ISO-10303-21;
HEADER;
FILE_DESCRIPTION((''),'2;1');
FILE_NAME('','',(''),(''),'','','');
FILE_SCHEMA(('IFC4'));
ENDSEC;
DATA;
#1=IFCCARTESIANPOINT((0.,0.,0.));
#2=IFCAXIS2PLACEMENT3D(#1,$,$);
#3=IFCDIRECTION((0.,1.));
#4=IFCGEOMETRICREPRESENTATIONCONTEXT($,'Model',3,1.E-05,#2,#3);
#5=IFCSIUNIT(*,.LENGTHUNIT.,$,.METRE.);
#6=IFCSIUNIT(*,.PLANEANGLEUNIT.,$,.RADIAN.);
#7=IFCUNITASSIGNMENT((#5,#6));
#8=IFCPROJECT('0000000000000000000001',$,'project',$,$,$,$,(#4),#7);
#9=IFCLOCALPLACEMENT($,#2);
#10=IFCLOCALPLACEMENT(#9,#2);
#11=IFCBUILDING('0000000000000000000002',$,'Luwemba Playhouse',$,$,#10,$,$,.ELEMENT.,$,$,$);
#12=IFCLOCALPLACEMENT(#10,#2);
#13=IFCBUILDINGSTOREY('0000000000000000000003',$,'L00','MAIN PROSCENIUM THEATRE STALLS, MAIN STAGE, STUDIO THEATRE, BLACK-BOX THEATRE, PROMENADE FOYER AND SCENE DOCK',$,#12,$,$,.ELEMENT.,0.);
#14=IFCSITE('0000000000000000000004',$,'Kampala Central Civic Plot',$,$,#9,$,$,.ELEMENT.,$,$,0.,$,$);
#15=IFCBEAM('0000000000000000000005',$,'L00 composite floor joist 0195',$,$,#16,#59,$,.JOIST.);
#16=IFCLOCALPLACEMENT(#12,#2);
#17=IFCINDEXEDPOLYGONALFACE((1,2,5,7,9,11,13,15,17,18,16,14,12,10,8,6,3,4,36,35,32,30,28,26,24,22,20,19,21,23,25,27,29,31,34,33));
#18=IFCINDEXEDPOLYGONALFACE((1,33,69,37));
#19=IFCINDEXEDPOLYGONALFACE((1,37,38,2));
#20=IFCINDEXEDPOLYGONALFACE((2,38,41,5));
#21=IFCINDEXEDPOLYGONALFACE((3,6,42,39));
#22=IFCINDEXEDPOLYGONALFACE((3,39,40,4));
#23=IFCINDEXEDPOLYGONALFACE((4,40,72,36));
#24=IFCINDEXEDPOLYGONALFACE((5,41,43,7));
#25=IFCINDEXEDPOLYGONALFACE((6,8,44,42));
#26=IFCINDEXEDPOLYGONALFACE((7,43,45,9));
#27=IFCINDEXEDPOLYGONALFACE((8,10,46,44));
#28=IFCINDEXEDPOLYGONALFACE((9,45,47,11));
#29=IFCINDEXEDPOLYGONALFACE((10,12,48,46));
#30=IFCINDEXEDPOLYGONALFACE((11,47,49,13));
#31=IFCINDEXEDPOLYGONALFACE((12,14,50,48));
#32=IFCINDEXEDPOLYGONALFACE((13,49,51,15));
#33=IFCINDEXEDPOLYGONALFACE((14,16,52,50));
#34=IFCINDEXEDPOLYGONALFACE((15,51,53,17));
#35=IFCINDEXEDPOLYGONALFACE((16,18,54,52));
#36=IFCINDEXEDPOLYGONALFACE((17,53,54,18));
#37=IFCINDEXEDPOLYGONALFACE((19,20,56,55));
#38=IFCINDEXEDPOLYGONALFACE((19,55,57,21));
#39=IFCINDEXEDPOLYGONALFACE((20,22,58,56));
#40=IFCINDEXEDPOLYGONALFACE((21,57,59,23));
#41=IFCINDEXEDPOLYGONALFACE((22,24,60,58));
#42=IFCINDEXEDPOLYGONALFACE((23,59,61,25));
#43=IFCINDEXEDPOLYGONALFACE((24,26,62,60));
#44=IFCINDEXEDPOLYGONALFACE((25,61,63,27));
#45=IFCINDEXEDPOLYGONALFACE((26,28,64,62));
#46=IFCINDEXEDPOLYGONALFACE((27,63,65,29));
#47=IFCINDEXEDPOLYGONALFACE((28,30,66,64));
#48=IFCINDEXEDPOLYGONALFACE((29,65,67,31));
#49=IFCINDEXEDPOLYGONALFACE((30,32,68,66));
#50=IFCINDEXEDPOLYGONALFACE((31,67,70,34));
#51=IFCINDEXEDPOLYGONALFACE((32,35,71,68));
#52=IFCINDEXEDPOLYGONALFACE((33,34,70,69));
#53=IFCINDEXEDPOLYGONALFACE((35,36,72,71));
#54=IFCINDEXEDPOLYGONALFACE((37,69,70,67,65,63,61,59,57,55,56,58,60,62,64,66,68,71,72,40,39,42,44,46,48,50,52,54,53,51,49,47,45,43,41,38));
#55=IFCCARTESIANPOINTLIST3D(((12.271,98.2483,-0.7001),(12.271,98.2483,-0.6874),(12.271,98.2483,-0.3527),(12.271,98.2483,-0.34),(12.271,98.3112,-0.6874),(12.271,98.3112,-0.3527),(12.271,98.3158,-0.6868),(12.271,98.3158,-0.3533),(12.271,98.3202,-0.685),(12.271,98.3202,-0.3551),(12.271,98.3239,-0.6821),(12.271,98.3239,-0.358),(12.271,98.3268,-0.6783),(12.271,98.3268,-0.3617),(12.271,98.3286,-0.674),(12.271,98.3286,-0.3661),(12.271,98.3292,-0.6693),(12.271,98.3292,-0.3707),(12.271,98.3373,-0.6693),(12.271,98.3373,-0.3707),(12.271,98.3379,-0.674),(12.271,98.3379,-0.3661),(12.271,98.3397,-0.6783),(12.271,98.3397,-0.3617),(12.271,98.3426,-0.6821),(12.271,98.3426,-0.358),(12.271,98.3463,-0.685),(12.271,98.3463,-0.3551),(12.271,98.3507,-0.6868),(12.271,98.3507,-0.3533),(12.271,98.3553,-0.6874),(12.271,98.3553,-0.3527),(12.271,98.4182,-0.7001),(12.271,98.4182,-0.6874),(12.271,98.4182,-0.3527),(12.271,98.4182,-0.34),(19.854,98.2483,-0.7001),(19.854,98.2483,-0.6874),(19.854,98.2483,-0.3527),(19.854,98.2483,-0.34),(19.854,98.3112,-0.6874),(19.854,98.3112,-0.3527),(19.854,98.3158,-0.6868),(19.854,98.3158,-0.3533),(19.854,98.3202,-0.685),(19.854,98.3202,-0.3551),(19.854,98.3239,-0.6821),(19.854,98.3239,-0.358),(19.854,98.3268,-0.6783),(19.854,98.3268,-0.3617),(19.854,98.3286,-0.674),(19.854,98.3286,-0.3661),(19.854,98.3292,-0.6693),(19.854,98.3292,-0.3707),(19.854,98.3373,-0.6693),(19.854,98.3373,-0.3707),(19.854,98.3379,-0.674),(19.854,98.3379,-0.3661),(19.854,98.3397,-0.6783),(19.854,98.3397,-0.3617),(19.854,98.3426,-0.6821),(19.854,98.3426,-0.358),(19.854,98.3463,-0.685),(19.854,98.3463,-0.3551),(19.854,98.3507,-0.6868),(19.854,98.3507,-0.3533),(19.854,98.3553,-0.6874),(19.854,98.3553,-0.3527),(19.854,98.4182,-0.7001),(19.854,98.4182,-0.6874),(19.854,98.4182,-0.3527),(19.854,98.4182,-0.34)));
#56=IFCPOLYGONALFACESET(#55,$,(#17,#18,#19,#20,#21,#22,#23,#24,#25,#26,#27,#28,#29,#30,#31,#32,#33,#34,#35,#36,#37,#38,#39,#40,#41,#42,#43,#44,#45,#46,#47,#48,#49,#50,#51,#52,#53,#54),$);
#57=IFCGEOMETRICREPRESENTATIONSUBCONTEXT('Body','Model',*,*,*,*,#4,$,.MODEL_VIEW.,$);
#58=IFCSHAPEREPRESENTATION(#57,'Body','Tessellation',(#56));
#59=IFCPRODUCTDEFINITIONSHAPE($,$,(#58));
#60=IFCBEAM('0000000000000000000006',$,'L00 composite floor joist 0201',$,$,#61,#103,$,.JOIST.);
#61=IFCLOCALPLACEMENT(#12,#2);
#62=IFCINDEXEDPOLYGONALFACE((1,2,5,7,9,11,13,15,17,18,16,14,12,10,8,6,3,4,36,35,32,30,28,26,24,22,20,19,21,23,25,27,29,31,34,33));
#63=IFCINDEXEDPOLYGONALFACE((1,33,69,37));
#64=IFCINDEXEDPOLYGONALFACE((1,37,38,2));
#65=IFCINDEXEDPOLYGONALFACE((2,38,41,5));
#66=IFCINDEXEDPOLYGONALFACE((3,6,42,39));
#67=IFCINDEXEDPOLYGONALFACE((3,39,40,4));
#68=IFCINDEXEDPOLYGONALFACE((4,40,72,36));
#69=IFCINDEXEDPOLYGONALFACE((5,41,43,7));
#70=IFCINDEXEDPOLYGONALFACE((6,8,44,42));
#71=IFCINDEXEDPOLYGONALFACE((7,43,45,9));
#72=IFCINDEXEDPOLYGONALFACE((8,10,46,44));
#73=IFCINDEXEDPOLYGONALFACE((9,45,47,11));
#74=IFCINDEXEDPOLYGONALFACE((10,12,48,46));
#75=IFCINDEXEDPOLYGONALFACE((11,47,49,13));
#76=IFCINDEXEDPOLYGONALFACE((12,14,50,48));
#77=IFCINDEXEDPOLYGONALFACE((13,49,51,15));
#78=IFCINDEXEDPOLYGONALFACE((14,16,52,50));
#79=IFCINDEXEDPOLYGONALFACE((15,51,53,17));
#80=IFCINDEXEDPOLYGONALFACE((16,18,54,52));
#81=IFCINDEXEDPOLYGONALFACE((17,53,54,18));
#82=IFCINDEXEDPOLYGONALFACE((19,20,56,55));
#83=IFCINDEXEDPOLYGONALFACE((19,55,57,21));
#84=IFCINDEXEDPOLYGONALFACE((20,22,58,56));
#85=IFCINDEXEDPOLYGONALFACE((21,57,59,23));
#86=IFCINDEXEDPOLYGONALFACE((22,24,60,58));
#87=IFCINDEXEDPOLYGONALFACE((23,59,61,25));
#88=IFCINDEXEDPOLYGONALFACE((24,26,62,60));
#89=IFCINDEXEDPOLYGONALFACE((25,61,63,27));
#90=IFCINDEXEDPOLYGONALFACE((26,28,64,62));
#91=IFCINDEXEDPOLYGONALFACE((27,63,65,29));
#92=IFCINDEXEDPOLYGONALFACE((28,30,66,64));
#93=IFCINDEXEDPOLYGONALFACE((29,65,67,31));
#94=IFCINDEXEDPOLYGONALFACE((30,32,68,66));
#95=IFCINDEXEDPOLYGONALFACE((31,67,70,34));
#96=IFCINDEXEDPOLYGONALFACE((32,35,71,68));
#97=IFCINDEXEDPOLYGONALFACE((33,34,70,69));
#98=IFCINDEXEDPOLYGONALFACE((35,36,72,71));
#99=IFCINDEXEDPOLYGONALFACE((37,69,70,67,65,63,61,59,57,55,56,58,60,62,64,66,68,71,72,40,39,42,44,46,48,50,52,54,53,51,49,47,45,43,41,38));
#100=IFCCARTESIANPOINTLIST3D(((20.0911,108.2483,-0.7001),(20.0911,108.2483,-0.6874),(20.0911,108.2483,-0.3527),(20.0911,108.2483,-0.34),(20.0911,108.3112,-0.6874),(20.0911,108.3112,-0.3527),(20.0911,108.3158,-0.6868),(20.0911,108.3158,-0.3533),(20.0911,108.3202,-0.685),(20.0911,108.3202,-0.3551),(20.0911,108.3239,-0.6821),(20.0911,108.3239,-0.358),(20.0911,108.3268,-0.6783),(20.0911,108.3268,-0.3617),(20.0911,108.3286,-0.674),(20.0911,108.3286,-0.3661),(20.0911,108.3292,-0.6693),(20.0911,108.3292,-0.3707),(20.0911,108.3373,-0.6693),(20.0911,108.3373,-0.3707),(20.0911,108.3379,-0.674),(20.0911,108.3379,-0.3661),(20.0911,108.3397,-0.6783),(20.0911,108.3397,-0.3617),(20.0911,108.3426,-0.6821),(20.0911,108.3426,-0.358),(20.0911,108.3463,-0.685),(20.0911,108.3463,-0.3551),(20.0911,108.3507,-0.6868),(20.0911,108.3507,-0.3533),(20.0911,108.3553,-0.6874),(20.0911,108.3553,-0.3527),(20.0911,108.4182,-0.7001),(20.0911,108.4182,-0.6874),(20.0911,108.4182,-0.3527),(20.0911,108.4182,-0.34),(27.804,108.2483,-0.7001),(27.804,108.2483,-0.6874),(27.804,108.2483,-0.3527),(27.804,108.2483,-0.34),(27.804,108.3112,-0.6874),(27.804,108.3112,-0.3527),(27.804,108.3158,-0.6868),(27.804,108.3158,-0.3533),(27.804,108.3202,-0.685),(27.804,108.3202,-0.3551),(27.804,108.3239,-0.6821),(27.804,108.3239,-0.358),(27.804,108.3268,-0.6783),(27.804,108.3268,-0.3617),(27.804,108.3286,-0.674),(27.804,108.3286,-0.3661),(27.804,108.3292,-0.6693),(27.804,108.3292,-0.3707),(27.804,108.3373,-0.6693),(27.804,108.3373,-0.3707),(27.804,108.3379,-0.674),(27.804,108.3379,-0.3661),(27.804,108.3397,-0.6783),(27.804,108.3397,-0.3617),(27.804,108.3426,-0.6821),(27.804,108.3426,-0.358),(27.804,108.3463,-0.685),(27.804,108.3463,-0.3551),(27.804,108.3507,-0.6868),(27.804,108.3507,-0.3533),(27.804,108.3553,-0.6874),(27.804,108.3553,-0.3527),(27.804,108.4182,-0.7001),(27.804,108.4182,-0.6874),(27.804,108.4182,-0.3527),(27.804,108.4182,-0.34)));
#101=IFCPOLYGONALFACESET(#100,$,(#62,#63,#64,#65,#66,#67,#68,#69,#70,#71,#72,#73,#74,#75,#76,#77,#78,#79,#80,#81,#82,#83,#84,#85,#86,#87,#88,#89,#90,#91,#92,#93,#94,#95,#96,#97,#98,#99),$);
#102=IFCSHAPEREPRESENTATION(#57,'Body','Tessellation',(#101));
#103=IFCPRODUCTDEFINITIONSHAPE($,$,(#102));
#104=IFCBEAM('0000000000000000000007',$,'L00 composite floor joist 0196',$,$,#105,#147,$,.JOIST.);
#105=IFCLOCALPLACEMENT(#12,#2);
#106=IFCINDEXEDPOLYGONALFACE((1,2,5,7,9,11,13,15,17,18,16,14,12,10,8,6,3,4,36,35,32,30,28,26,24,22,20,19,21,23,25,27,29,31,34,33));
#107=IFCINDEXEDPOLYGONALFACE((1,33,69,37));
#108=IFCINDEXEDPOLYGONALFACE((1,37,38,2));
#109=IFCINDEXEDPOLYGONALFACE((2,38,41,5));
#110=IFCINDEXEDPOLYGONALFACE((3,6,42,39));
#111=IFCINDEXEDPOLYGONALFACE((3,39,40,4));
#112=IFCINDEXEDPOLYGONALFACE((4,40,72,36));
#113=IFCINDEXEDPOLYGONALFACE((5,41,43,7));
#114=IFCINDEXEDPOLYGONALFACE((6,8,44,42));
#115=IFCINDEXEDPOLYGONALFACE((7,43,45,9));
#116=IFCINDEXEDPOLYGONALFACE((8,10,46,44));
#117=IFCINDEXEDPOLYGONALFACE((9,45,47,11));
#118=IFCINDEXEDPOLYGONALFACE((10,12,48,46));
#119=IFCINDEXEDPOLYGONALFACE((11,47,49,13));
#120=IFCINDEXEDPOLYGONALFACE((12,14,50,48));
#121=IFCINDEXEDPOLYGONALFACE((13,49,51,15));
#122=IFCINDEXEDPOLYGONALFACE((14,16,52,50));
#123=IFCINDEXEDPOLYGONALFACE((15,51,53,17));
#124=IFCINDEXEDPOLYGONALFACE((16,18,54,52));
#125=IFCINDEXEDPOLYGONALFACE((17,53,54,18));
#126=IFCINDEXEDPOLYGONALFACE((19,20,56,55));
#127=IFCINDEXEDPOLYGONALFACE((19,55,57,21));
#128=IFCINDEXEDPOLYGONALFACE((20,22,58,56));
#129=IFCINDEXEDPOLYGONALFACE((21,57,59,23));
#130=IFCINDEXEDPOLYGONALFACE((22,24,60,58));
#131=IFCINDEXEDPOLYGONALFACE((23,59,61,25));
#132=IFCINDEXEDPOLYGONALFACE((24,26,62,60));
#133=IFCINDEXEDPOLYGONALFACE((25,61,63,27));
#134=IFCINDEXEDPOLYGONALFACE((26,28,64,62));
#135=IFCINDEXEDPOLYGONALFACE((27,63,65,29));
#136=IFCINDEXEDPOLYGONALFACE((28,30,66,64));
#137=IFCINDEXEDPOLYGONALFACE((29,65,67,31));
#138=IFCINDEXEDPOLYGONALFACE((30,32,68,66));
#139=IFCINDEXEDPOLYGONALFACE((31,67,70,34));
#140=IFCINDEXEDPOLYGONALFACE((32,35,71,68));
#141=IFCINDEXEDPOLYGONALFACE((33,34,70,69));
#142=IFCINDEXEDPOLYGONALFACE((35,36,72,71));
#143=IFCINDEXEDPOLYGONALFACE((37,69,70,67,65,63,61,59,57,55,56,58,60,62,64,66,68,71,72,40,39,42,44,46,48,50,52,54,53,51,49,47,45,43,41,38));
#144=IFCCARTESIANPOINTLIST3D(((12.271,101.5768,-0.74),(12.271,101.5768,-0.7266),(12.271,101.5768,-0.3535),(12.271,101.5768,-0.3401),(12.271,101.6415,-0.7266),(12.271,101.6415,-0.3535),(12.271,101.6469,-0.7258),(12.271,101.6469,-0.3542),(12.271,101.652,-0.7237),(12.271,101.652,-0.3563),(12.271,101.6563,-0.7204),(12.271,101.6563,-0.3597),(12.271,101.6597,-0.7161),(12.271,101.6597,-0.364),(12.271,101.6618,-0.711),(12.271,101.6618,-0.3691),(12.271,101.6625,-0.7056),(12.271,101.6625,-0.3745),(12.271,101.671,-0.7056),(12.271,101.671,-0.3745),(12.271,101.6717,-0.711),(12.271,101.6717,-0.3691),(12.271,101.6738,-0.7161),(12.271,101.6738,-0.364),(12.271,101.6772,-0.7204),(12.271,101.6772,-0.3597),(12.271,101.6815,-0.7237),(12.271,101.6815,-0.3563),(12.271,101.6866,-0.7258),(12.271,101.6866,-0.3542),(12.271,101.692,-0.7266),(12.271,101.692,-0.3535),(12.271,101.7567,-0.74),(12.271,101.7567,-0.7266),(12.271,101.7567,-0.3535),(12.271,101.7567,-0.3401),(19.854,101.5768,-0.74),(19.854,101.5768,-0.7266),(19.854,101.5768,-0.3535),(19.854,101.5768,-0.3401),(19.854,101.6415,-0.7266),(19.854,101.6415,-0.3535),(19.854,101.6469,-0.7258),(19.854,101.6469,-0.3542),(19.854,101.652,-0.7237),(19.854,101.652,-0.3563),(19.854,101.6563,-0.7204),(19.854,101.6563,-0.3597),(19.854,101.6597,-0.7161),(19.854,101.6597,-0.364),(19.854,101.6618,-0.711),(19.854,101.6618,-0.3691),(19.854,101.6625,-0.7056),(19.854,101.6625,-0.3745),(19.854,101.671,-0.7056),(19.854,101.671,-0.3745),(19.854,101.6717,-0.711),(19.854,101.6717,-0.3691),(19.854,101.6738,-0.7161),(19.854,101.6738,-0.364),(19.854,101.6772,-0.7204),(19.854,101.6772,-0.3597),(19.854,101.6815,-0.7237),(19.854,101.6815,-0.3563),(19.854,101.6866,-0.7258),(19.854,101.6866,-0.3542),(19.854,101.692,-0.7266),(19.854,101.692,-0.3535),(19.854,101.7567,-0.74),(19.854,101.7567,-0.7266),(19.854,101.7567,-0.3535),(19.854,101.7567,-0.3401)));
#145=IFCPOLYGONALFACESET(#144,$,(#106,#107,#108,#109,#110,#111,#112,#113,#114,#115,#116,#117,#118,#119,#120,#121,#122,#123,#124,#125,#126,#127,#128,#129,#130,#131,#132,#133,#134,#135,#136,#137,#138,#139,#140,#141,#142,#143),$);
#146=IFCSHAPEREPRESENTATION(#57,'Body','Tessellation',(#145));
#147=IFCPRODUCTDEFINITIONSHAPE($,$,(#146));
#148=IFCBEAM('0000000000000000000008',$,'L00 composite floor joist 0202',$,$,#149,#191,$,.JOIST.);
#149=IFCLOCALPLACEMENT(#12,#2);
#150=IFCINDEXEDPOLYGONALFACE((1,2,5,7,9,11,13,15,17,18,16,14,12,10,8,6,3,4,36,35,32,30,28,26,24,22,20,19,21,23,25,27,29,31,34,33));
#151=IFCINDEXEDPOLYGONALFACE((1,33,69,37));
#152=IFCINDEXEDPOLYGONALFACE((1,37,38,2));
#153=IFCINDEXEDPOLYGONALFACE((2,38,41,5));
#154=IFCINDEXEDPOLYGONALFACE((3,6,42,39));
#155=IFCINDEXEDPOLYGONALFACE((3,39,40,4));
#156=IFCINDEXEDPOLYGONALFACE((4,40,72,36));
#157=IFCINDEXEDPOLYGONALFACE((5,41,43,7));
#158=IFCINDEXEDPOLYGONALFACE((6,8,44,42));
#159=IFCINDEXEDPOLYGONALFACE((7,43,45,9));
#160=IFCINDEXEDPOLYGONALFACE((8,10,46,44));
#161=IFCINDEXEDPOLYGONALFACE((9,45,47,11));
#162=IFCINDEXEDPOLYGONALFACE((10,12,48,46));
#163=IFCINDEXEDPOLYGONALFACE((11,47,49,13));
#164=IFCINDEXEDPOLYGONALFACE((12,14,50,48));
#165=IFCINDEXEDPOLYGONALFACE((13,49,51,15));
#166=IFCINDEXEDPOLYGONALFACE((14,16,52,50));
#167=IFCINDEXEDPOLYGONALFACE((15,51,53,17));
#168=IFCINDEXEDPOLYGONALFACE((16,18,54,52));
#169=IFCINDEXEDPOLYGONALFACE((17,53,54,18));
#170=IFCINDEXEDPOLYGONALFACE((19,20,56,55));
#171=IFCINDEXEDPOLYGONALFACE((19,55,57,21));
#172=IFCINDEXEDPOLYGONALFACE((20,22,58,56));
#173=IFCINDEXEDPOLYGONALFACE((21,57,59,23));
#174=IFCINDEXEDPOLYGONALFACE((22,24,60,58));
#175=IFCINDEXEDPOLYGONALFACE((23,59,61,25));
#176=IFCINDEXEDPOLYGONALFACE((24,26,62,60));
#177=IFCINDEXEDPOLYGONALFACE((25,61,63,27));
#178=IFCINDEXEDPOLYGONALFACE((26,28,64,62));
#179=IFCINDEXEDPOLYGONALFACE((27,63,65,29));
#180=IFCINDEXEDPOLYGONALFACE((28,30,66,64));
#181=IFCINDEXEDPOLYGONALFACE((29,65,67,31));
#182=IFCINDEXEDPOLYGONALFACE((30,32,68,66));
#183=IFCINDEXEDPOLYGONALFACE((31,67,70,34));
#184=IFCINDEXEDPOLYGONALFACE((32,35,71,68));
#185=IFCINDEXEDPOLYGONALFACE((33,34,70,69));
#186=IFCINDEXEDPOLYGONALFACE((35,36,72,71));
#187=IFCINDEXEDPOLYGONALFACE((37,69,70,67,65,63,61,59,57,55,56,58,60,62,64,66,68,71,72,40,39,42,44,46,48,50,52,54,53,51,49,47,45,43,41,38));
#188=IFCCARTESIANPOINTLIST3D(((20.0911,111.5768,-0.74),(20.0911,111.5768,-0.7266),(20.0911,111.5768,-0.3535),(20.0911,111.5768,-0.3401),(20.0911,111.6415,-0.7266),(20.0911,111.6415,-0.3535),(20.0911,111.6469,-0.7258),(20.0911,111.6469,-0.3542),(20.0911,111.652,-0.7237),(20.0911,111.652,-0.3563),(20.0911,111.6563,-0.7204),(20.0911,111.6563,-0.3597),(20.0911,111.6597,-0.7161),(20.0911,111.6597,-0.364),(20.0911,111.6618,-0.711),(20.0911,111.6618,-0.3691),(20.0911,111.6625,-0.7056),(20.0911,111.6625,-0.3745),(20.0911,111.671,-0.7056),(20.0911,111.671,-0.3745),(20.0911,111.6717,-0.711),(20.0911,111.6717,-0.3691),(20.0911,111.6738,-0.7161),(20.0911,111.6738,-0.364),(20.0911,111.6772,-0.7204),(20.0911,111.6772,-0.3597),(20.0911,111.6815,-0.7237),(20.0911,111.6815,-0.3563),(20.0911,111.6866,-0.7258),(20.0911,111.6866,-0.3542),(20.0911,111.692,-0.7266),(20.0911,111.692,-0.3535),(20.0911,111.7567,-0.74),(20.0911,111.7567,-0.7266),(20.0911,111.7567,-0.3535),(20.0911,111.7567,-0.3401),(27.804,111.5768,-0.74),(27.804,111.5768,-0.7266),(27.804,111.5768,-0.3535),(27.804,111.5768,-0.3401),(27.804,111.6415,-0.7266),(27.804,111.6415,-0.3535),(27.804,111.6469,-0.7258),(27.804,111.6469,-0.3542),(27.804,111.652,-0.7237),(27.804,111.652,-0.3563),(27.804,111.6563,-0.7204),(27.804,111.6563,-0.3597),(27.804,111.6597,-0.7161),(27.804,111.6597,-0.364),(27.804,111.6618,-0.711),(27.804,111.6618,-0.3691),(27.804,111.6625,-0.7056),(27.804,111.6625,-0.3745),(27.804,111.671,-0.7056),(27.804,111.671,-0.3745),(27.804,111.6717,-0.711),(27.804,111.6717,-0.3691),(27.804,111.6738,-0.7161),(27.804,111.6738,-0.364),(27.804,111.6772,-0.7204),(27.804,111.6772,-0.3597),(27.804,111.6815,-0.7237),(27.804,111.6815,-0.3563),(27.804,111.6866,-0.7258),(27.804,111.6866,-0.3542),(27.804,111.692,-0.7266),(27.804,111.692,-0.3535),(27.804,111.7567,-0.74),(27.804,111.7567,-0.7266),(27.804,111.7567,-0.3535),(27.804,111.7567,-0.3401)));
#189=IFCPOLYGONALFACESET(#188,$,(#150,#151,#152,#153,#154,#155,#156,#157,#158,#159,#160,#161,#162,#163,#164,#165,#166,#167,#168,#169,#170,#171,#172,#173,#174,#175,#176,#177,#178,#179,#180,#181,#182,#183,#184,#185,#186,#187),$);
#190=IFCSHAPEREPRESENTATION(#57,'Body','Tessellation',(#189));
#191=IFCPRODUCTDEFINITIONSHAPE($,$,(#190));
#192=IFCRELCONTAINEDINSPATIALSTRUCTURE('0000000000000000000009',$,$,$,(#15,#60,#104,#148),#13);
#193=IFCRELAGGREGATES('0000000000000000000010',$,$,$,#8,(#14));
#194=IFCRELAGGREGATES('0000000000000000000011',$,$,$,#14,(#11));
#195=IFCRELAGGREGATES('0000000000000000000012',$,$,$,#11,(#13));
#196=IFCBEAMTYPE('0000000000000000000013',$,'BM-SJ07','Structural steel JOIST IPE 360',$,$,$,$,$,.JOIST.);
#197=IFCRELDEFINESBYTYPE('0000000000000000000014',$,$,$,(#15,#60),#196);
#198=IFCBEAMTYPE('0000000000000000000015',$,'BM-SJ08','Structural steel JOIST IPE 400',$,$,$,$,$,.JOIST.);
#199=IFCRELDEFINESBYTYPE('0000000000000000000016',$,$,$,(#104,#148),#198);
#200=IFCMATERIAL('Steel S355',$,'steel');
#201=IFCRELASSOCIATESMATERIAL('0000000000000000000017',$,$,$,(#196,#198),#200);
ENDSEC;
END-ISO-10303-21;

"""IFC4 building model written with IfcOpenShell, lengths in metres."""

from ifc_helpers import new_model, si_unit, direction, frame, origin, origin_2d, place, context, subcontext, project, spatial, i_section, extrude, material, material_profile, profile_set, type_object, element, save


model = new_model("IFC4")

# Units and contexts
model_context = context("Model", 3, precision=1e-05, world=origin(), true_north=direction((0.0, 1.0)))
body_context = subcontext(model_context, "Body", "Model", "MODEL_VIEW")
ifc_project = project(units=[si_unit("LENGTHUNIT", "METRE"), si_unit("PLANEANGLEUNIT", "RADIAN")], contexts=[model_context])

# Site, building, storey
site_placement = place(None, origin())
site = spatial("IfcSite", under=ifc_project, at=site_placement, Name="Kampala Central Civic Plot", CompositionType="ELEMENT", RefElevation=0.0)
building_placement = place(site_placement, origin())
building = spatial("IfcBuilding", under=site, at=building_placement, Name="Luwemba Playhouse", CompositionType="ELEMENT")
storey_placement = place(building_placement, origin())
storey = spatial("IfcBuildingStorey", under=building, at=storey_placement, Name="L00", Description="MAIN PROSCENIUM THEATRE STALLS, MAIN STAGE, STUDIO THEATRE, BLACK-BOX THEATRE, PROMENADE FOYER AND SCENE DOCK", CompositionType="ELEMENT", Elevation=0.0)

# Beams
ifc_material_1 = material(Name="Steel S355", Category="steel")
ifc_material_profile_1 = material_profile(ifc_material_1, i_section(OverallWidth=0.1699, OverallDepth=0.3601, WebThickness=0.0081, FlangeThickness=0.0127, FilletRadius=0.0181, at=origin_2d()))
ifc_profile_set_1 = profile_set([ifc_material_profile_1], Name="Steel S355")
beam_type_1 = type_object("IfcBeamType", Name="BM-SJ07", Description="Structural steel JOIST IPE 360", PredefinedType="JOIST", material=ifc_profile_set_1)
beam_1_placement = place(storey_placement, frame((12.271, 98.3333, -0.52), z_axis=(1.0, 0.0, 0.0), x_axis=(0.0, 1.0, 0.0)))
element("IfcBeam", 1, at=beam_1_placement, inside=storey, type_object=beam_type_1, Name="L00 composite floor joist 0195", PredefinedType="JOIST", context=body_context, shape_type="SweptSolid", body=[
    extrude(i_section(OverallWidth=0.1699, OverallDepth=0.3601, WebThickness=0.0081, FlangeThickness=0.0127, FilletRadius=0.0181, at=origin_2d()), origin(), (0.0, 0.0, 1.0), 7.583),
])
beam_2_placement = place(storey_placement, frame((20.0911, 108.3333, -0.52), z_axis=(1.0, 0.0, 0.0), x_axis=(0.0, 1.0, 0.0)))
element("IfcBeam", 2, at=beam_2_placement, inside=storey, type_object=beam_type_1, Name="L00 composite floor joist 0201", PredefinedType="JOIST", context=body_context, shape_type="SweptSolid", body=[
    extrude(i_section(OverallWidth=0.1699, OverallDepth=0.3601, WebThickness=0.0081, FlangeThickness=0.0127, FilletRadius=0.0181, at=origin_2d()), origin(), (0.0, 0.0, 1.0), 7.7129),
])
ifc_material_profile_2 = material_profile(ifc_material_1, i_section(OverallWidth=0.1799, OverallDepth=0.3999, WebThickness=0.0085, FlangeThickness=0.0134, FilletRadius=0.021, at=origin_2d()))
ifc_profile_set_2 = profile_set([ifc_material_profile_2], Name="Steel S355")
beam_type_2 = type_object("IfcBeamType", Name="BM-SJ08", Description="Structural steel JOIST IPE 400", PredefinedType="JOIST", material=ifc_profile_set_2)
beam_3_placement = place(storey_placement, frame((12.271, 101.6667, -0.54), z_axis=(1.0, 0.0, 0.0), x_axis=(0.0, 1.0, 0.0)))
element("IfcBeam", 3, at=beam_3_placement, inside=storey, type_object=beam_type_2, Name="L00 composite floor joist 0196", PredefinedType="JOIST", context=body_context, shape_type="SweptSolid", body=[
    extrude(i_section(OverallWidth=0.1799, OverallDepth=0.3999, WebThickness=0.0085, FlangeThickness=0.0134, FilletRadius=0.021, at=origin_2d()), origin(), (0.0, 0.0, 1.0), 7.583),
])
beam_4_placement = place(storey_placement, frame((20.0911, 111.6667, -0.54), z_axis=(1.0, 0.0, 0.0), x_axis=(0.0, 1.0, 0.0)))
element("IfcBeam", 4, at=beam_4_placement, inside=storey, type_object=beam_type_2, Name="L00 composite floor joist 0202", PredefinedType="JOIST", context=body_context, shape_type="SweptSolid", body=[
    extrude(i_section(OverallWidth=0.1799, OverallDepth=0.3999, WebThickness=0.0085, FlangeThickness=0.0134, FilletRadius=0.021, at=origin_2d()), origin(), (0.0, 0.0, 1.0), 7.7129),
])

save(model, "model.ifc")
